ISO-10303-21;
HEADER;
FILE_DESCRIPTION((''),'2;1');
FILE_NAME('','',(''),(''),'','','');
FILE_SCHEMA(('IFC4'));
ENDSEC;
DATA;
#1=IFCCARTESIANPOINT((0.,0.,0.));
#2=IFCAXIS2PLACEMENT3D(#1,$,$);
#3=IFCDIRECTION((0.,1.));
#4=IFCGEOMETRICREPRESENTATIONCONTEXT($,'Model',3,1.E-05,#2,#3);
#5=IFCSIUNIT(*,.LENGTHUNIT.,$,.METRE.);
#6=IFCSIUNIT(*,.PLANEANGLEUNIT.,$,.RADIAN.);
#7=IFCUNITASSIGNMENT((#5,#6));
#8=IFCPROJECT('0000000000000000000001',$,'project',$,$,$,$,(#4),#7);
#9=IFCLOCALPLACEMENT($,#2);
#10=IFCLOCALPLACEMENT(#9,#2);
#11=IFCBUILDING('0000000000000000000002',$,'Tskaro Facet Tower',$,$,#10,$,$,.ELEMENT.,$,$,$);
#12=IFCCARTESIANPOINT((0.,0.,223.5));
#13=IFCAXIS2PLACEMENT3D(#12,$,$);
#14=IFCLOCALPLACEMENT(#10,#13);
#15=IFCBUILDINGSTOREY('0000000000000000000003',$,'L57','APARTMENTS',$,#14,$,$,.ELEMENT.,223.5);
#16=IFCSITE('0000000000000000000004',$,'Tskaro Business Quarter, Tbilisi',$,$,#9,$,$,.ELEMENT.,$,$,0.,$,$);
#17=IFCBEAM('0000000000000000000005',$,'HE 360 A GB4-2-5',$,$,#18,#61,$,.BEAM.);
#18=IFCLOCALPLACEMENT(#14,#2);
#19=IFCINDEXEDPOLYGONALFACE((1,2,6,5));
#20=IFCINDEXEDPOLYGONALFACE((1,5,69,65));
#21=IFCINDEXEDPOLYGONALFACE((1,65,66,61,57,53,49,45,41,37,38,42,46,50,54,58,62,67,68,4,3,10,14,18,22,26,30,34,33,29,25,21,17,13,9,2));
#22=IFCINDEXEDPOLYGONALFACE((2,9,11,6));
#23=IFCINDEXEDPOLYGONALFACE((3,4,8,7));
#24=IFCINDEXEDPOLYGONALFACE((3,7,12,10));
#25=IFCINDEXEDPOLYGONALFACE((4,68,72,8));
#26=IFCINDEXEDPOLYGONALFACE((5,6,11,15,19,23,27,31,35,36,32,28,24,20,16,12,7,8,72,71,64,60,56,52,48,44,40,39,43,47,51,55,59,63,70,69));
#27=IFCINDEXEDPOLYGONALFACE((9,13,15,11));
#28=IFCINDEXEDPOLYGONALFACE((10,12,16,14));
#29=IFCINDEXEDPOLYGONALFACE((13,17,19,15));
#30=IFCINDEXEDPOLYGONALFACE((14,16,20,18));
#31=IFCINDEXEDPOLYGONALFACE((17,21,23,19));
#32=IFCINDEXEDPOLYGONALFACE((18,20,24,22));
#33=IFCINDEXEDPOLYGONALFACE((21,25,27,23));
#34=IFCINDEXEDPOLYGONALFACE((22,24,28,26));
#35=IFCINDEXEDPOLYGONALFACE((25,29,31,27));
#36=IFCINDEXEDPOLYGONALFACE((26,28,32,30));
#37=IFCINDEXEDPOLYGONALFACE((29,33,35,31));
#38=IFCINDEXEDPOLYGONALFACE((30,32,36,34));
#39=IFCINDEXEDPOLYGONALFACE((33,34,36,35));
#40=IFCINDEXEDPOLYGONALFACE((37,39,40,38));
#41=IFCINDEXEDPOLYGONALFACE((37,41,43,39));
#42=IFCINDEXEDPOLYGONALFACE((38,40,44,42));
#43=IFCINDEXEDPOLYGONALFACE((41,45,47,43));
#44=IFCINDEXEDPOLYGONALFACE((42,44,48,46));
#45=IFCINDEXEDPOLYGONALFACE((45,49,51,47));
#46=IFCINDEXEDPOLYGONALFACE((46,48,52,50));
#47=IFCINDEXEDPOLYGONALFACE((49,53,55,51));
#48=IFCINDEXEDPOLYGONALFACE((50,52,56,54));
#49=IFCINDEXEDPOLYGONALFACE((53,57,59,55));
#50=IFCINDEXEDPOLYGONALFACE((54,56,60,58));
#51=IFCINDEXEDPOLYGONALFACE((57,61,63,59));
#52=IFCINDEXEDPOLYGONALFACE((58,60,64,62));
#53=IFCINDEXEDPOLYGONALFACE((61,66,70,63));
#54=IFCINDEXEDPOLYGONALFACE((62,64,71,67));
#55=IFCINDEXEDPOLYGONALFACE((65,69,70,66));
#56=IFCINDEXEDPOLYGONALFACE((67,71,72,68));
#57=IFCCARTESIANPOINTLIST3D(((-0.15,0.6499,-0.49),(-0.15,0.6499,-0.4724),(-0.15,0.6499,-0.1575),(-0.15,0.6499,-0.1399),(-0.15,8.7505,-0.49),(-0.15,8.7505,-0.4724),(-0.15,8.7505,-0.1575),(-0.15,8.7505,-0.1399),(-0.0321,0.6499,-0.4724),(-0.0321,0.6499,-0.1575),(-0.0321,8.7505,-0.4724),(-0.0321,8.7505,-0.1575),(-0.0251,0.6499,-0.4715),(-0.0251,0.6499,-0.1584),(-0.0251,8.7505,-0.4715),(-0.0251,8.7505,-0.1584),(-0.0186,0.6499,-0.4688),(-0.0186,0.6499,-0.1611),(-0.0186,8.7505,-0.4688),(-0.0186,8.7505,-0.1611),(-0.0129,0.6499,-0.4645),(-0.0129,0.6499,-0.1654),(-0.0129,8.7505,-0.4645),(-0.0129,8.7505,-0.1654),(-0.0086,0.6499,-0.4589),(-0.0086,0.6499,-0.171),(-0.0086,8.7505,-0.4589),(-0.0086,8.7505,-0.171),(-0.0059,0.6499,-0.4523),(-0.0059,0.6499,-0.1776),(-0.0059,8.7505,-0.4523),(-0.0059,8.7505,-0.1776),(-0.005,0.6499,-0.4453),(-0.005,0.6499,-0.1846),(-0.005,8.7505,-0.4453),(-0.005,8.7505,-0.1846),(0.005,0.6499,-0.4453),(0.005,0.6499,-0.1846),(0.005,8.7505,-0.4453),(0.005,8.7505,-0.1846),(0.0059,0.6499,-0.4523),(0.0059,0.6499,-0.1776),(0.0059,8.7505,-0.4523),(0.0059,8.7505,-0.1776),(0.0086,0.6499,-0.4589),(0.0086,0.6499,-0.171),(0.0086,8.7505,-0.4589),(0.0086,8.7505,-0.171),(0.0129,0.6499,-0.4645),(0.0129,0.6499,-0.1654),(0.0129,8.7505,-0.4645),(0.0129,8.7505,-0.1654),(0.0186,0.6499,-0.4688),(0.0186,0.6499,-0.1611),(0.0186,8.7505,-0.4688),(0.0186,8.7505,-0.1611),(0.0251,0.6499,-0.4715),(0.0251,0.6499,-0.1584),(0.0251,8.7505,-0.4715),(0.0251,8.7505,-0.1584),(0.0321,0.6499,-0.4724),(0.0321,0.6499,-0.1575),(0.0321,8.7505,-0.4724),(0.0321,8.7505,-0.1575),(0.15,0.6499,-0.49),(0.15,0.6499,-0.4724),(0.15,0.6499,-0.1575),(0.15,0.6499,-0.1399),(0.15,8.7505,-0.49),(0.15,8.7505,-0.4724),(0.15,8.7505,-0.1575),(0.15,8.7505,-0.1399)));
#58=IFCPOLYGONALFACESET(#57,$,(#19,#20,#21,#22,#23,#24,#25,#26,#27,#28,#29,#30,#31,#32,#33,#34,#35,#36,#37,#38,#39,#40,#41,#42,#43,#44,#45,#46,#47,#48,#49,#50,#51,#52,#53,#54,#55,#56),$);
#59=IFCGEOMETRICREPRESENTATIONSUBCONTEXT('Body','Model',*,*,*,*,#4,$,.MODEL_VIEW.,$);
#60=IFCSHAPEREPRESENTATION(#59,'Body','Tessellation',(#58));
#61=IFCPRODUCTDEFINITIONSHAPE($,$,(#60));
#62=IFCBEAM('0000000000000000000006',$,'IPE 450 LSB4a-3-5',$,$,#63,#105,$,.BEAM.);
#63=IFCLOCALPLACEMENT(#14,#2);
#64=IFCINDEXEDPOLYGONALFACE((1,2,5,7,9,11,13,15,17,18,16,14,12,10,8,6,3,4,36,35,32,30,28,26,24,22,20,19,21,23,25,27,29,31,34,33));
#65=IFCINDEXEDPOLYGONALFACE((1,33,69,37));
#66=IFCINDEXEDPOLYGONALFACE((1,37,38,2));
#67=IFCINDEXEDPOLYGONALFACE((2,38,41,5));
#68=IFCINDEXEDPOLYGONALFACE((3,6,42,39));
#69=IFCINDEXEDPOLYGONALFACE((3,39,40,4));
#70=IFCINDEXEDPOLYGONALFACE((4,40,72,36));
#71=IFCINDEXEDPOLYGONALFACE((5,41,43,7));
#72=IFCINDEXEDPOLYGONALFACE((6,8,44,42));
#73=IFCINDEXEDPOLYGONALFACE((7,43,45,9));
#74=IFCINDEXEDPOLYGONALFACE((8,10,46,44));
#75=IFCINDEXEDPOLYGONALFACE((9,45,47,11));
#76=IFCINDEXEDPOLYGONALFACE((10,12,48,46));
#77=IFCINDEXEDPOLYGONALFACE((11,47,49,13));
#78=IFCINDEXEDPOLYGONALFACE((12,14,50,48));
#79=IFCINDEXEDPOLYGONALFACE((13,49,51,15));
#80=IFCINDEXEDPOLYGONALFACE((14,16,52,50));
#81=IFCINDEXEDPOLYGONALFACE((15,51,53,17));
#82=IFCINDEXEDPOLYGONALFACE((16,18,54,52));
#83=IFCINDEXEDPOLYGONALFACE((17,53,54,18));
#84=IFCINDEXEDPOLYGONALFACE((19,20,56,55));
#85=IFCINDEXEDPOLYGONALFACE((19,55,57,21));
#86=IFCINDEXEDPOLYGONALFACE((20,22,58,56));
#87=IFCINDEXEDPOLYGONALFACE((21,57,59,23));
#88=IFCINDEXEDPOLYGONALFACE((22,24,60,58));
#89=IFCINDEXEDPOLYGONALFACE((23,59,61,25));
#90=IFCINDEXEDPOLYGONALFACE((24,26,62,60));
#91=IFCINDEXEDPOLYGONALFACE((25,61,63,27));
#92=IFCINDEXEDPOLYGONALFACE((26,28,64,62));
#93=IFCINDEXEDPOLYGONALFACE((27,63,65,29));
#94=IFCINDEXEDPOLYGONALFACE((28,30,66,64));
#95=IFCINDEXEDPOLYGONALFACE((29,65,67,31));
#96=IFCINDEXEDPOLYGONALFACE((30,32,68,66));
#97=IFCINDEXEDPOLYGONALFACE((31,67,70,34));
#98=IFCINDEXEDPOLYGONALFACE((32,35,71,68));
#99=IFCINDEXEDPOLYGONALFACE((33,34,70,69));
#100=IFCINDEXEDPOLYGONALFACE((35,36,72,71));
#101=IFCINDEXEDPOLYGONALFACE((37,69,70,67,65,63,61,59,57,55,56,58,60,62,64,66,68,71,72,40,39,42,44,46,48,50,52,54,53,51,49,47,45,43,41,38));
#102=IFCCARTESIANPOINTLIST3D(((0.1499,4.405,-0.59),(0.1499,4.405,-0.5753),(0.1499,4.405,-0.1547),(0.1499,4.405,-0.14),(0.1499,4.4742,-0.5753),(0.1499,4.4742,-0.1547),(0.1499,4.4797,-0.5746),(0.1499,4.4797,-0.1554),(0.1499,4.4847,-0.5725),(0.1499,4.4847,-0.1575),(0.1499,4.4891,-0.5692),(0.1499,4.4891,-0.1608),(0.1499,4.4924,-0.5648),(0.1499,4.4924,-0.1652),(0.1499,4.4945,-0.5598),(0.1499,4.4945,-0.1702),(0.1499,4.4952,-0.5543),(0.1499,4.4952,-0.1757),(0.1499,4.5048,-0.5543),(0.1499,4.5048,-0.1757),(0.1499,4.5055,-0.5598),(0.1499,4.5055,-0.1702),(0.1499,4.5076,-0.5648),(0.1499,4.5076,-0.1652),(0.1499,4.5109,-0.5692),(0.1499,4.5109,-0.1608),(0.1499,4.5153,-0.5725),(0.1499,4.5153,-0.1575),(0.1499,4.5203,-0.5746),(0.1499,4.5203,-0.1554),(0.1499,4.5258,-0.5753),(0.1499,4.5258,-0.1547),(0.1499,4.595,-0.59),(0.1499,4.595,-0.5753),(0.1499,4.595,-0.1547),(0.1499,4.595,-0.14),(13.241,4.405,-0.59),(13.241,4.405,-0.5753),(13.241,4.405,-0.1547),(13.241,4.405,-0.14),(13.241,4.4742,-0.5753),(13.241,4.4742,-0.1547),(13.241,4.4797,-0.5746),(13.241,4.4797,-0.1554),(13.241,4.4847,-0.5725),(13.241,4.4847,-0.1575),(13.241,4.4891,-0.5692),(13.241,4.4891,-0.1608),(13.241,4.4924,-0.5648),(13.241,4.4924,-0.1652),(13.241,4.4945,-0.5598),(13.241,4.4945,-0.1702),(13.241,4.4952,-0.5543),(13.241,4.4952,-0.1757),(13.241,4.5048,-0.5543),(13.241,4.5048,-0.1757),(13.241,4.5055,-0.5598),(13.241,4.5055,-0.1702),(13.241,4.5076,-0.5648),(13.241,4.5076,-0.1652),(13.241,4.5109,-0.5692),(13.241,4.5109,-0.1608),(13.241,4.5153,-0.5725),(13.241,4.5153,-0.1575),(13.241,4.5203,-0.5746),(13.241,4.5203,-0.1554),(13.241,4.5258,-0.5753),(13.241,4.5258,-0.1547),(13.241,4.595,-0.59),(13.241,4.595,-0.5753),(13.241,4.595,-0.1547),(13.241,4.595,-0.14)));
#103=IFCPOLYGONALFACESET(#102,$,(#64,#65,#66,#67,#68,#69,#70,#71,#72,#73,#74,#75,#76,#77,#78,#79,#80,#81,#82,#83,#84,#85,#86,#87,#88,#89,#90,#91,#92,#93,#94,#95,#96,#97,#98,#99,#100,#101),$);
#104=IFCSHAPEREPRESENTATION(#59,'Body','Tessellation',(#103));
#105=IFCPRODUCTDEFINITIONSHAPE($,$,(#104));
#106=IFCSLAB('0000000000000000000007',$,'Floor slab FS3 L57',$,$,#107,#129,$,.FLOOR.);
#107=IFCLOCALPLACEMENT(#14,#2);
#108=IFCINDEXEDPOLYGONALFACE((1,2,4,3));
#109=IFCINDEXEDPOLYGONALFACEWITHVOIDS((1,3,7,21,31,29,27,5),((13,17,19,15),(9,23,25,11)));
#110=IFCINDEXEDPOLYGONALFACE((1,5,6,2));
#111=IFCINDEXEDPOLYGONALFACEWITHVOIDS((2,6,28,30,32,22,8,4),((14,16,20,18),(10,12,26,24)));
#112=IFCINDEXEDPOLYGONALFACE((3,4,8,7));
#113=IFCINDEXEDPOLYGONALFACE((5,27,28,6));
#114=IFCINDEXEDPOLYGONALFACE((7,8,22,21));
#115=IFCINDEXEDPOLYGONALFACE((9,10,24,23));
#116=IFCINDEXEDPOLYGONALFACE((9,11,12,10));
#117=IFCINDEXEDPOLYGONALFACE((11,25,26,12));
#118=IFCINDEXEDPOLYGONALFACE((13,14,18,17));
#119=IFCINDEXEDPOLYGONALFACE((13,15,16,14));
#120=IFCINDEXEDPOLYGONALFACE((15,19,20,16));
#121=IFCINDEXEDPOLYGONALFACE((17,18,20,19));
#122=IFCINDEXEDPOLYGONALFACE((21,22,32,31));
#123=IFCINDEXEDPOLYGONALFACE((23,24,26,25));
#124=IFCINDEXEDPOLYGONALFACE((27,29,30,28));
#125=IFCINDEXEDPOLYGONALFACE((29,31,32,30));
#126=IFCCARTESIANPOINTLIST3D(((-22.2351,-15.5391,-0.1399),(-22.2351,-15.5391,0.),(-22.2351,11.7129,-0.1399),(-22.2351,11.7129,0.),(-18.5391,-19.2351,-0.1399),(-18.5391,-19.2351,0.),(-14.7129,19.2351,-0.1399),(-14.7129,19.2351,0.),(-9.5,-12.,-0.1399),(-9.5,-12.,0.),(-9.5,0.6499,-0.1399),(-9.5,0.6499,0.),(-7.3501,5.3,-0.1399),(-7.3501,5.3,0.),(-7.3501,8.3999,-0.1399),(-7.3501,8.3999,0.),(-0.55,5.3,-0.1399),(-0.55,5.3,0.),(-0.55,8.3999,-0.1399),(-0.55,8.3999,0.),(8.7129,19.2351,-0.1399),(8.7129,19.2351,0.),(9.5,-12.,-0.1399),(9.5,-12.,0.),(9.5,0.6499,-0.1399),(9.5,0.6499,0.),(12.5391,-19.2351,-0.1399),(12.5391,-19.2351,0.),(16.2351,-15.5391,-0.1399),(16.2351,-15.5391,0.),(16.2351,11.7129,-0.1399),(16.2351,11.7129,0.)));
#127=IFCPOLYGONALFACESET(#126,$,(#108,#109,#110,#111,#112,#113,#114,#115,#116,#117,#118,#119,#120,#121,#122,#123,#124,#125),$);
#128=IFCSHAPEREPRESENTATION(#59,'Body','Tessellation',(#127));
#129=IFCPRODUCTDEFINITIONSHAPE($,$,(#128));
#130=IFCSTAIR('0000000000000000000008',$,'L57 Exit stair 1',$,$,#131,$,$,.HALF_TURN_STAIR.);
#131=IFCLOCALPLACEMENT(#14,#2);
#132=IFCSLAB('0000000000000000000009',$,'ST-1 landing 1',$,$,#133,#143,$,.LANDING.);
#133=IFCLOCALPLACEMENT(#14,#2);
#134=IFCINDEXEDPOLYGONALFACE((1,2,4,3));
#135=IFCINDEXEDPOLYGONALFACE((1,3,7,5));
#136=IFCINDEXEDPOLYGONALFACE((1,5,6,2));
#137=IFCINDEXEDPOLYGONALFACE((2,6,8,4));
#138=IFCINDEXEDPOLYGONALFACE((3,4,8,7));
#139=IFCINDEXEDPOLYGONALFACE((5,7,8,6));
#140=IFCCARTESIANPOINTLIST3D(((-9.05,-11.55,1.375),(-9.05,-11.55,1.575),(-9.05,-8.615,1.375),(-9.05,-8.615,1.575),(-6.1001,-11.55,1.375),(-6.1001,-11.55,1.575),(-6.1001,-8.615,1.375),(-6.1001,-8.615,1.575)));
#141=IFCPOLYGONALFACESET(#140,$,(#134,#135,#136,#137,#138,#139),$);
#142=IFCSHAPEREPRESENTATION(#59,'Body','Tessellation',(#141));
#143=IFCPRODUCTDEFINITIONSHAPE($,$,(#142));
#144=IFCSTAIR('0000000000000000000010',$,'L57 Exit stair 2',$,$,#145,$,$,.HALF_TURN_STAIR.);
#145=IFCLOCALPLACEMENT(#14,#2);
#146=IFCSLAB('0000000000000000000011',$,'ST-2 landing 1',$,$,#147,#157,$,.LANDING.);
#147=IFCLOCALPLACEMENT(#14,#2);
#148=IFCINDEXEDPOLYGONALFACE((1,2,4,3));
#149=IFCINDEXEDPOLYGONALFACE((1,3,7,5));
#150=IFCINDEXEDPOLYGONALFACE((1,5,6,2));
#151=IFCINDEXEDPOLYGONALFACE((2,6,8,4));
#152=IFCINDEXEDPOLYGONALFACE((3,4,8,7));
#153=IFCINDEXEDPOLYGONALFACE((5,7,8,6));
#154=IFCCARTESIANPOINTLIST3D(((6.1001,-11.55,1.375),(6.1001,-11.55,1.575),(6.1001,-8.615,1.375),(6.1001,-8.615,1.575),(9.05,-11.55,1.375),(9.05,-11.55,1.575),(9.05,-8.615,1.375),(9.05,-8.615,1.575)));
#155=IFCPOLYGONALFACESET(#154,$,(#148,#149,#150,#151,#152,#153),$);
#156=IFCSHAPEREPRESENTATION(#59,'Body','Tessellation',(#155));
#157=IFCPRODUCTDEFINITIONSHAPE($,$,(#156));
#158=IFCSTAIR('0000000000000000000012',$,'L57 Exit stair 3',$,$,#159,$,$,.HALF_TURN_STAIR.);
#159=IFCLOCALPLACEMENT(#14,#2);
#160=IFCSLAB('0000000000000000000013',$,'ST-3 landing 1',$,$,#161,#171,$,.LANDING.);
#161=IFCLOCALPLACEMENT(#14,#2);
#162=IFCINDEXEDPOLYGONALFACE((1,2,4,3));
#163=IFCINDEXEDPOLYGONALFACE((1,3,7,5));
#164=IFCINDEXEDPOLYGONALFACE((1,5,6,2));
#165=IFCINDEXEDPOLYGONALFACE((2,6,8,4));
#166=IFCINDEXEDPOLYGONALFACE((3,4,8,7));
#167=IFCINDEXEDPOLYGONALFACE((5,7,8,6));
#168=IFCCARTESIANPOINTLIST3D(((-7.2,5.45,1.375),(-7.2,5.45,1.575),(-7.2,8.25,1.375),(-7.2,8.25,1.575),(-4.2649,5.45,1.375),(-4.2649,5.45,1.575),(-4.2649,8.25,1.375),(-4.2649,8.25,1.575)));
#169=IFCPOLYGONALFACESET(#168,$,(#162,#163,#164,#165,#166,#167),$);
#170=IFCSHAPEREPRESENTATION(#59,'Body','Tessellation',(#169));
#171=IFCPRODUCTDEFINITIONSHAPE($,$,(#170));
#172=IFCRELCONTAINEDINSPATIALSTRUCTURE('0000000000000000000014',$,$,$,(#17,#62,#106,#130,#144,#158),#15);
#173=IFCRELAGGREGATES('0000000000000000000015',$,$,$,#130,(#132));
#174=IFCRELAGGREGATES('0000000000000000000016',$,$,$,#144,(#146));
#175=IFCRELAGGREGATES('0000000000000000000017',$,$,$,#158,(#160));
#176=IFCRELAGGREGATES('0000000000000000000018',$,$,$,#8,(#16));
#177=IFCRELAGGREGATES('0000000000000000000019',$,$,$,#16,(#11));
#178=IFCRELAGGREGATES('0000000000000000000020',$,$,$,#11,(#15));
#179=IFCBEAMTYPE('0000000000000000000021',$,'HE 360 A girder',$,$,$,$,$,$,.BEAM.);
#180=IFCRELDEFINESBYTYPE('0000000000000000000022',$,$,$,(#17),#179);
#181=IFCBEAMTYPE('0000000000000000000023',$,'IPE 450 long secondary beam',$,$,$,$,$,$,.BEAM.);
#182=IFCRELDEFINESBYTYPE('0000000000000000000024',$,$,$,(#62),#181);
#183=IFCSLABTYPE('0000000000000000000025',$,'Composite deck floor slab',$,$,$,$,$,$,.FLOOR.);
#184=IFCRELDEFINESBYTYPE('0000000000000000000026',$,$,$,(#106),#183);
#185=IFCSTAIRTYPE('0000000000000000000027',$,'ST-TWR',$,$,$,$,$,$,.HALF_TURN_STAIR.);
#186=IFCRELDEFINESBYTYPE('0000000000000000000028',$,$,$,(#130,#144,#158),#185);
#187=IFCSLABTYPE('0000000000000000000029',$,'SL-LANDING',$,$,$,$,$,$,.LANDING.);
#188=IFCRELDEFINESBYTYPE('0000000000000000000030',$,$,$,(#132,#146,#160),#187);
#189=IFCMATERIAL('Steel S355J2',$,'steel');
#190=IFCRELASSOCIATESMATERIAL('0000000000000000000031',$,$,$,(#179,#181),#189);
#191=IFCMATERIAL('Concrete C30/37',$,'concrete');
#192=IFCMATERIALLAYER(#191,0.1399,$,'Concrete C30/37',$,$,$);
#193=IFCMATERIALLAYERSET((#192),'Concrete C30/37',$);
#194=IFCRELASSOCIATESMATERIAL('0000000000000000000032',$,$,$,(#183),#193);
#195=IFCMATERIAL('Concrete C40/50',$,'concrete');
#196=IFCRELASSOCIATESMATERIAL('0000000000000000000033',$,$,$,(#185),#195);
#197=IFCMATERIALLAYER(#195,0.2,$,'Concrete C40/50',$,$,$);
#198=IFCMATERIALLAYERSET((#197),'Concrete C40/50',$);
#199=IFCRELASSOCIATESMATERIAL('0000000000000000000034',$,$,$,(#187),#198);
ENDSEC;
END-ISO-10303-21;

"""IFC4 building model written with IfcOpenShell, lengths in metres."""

from ifc_helpers import new_model, si_unit, direction, frame, origin, origin_2d, place, context, subcontext, project, spatial, polyline, i_section, outline, extrude, material, layer, layer_set, material_profile, profile_set, type_object, element, aggregate, save


model = new_model("IFC4")

# Units and contexts
model_context = context("Model", 3, precision=1e-05, world=origin(), true_north=direction((0.0, 1.0)))
body_context = subcontext(model_context, "Body", "Model", "MODEL_VIEW")
ifc_project = project(units=[si_unit("LENGTHUNIT", "METRE"), si_unit("PLANEANGLEUNIT", "RADIAN")], contexts=[model_context])

# Site, building, storey
site_placement = place(None, origin())
site = spatial("IfcSite", under=ifc_project, at=site_placement, Name="Tskaro Business Quarter, Tbilisi", CompositionType="ELEMENT", RefElevation=0.0)
building_placement = place(site_placement, origin())
building = spatial("IfcBuilding", under=site, at=building_placement, Name="Tskaro Facet Tower", CompositionType="ELEMENT")
storey_placement = place(building_placement, frame((0.0, 0.0, 223.5)))
storey = spatial("IfcBuildingStorey", under=building, at=storey_placement, Name="L57", Description="APARTMENTS", CompositionType="ELEMENT", Elevation=223.5)

# Beams
ifc_material_1 = material(Name="Steel S355J2", Category="steel")
ifc_material_profile_1 = material_profile(ifc_material_1, i_section(OverallWidth=0.3, OverallDepth=0.3501, WebThickness=0.01, FlangeThickness=0.0176, FilletRadius=0.0271, at=origin_2d()), Name="HE 360 A")
ifc_profile_set_1 = profile_set([ifc_material_profile_1], Name="Steel S355J2")
beam_type_1 = type_object("IfcBeamType", Name="HE 360 A girder", PredefinedType="BEAM", material=ifc_profile_set_1)
beam_1_placement = place(storey_placement, frame((0.0, 0.6499, -0.3149), z_axis=(0.0, 1.0, 0.0), x_axis=(-1.0, 0.0, 0.0)))
element("IfcBeam", 1, at=beam_1_placement, inside=storey, type_object=beam_type_1, Name="HE 360 A GB4-2-5", PredefinedType="BEAM", context=body_context, shape_type="SweptSolid", body=[
    extrude(i_section(OverallWidth=0.3, OverallDepth=0.3501, WebThickness=0.01, FlangeThickness=0.0176, FilletRadius=0.0271, at=origin_2d()), origin(), (0.0, 0.0, 1.0), 8.1006),
])
ifc_material_profile_2 = material_profile(ifc_material_1, i_section(OverallWidth=0.1899, OverallDepth=0.45, WebThickness=0.0095, FlangeThickness=0.0146, FilletRadius=0.021, at=origin_2d()), Name="IPE 450")
ifc_profile_set_2 = profile_set([ifc_material_profile_2], Name="Steel S355J2")
beam_type_2 = type_object("IfcBeamType", Name="IPE 450 long secondary beam", PredefinedType="BEAM", material=ifc_profile_set_2)
beam_2_placement = place(storey_placement, frame((0.1499, 4.5, -0.365), z_axis=(1.0, 0.0, 0.0), x_axis=(0.0, 1.0, 0.0)))
element("IfcBeam", 2, at=beam_2_placement, inside=storey, type_object=beam_type_2, Name="IPE 450 LSB4a-3-5", PredefinedType="BEAM", context=body_context, shape_type="SweptSolid", body=[
    extrude(i_section(OverallWidth=0.1899, OverallDepth=0.45, WebThickness=0.0095, FlangeThickness=0.0146, FilletRadius=0.021, at=origin_2d()), origin(), (0.0, 0.0, 1.0), 13.0911),
])

# Slab
ifc_material_2 = material(Name="Concrete C30/37", Category="concrete")
ifc_layer_1 = layer(ifc_material_2, 0.1399, Name="Concrete C30/37")
ifc_layer_set_1 = layer_set([ifc_layer_1], Name="Concrete C30/37")
slab_type_1 = type_object("IfcSlabType", Name="Composite deck floor slab", PredefinedType="FLOOR", material=ifc_layer_set_1)
slab_1_placement = place(storey_placement, frame((0.0, 0.0, -0.1399)))
element("IfcSlab", 3, at=slab_1_placement, inside=storey, type_object=slab_type_1, Name="Floor slab FS3 L57", PredefinedType="FLOOR", context=body_context, shape_type="SweptSolid", body=[
    extrude(outline(polyline([(-18.5391, -19.2351), (12.5391, -19.2351), (16.2351, -15.5391), (16.2351, 11.7129), (8.7129, 19.2351), (-14.7129, 19.2351), (-22.2351, 11.7129), (-22.2351, -15.5391), (-18.5391, -19.2351)]), holes=[polyline([(-9.5, -12.0), (9.5, -12.0), (9.5, 0.6499), (-9.5, 0.6499), (-9.5, -12.0)]), polyline([(-7.3501, 5.3), (-0.55, 5.3), (-0.55, 8.3999), (-7.3501, 8.3999), (-7.3501, 5.3)])]), origin(), (0.0, 0.0, 1.0), 0.1399),
])

# Stairs, slabs
ifc_material_3 = material(Name="Concrete C40/50", Category="concrete")
stair_type = type_object("IfcStairType", Name="ST-TWR", PredefinedType="HALF_TURN_STAIR", material=ifc_material_3)
stair_1_placement = place(storey_placement, origin())
stair_1 = element("IfcStair", 4, at=stair_1_placement, inside=storey, type_object=stair_type, Name="L57 Exit stair 1", PredefinedType="HALF_TURN_STAIR")
ifc_layer_2 = layer(ifc_material_3, 0.2, Name="Concrete C40/50")
ifc_layer_set_2 = layer_set([ifc_layer_2], Name="Concrete C40/50")
slab_type_2 = type_object("IfcSlabType", Name="SL-LANDING", PredefinedType="LANDING", material=ifc_layer_set_2)
slab_2_placement = place(storey_placement, frame((0.0, 0.0, 1.375)))
slab_2 = element("IfcSlab", 5, at=slab_2_placement, type_object=slab_type_2, Name="ST-1 landing 1", PredefinedType="LANDING", context=body_context, shape_type="SweptSolid", body=[
    extrude(outline(polyline([(-9.05, -11.55), (-6.1001, -11.55), (-6.1001, -8.615), (-9.05, -8.615), (-9.05, -11.55)])), origin(), (0.0, 0.0, 1.0), 0.2),
])
aggregate(stair_1, [slab_2])
stair_2_placement = place(storey_placement, origin())
stair_2 = element("IfcStair", 6, at=stair_2_placement, inside=storey, type_object=stair_type, Name="L57 Exit stair 2", PredefinedType="HALF_TURN_STAIR")
slab_3_placement = place(storey_placement, frame((0.0, 0.0, 1.375)))
slab_3 = element("IfcSlab", 7, at=slab_3_placement, type_object=slab_type_2, Name="ST-2 landing 1", PredefinedType="LANDING", context=body_context, shape_type="SweptSolid", body=[
    extrude(outline(polyline([(6.1001, -11.55), (9.05, -11.55), (9.05, -8.615), (6.1001, -8.615), (6.1001, -11.55)])), origin(), (0.0, 0.0, 1.0), 0.2),
])
aggregate(stair_2, [slab_3])
stair_3_placement = place(storey_placement, origin())
stair_3 = element("IfcStair", 8, at=stair_3_placement, inside=storey, type_object=stair_type, Name="L57 Exit stair 3", PredefinedType="HALF_TURN_STAIR")
slab_4_placement = place(storey_placement, frame((0.0, 0.0, 1.375)))
slab_4 = element("IfcSlab", 9, at=slab_4_placement, type_object=slab_type_2, Name="ST-3 landing 1", PredefinedType="LANDING", context=body_context, shape_type="SweptSolid", body=[
    extrude(outline(polyline([(-7.2, 5.45), (-4.2649, 5.45), (-4.2649, 8.25), (-7.2, 8.25), (-7.2, 5.45)])), origin(), (0.0, 0.0, 1.0), 0.2),
])

aggregate(stair_3, [slab_4])

save(model, "model.ifc")
